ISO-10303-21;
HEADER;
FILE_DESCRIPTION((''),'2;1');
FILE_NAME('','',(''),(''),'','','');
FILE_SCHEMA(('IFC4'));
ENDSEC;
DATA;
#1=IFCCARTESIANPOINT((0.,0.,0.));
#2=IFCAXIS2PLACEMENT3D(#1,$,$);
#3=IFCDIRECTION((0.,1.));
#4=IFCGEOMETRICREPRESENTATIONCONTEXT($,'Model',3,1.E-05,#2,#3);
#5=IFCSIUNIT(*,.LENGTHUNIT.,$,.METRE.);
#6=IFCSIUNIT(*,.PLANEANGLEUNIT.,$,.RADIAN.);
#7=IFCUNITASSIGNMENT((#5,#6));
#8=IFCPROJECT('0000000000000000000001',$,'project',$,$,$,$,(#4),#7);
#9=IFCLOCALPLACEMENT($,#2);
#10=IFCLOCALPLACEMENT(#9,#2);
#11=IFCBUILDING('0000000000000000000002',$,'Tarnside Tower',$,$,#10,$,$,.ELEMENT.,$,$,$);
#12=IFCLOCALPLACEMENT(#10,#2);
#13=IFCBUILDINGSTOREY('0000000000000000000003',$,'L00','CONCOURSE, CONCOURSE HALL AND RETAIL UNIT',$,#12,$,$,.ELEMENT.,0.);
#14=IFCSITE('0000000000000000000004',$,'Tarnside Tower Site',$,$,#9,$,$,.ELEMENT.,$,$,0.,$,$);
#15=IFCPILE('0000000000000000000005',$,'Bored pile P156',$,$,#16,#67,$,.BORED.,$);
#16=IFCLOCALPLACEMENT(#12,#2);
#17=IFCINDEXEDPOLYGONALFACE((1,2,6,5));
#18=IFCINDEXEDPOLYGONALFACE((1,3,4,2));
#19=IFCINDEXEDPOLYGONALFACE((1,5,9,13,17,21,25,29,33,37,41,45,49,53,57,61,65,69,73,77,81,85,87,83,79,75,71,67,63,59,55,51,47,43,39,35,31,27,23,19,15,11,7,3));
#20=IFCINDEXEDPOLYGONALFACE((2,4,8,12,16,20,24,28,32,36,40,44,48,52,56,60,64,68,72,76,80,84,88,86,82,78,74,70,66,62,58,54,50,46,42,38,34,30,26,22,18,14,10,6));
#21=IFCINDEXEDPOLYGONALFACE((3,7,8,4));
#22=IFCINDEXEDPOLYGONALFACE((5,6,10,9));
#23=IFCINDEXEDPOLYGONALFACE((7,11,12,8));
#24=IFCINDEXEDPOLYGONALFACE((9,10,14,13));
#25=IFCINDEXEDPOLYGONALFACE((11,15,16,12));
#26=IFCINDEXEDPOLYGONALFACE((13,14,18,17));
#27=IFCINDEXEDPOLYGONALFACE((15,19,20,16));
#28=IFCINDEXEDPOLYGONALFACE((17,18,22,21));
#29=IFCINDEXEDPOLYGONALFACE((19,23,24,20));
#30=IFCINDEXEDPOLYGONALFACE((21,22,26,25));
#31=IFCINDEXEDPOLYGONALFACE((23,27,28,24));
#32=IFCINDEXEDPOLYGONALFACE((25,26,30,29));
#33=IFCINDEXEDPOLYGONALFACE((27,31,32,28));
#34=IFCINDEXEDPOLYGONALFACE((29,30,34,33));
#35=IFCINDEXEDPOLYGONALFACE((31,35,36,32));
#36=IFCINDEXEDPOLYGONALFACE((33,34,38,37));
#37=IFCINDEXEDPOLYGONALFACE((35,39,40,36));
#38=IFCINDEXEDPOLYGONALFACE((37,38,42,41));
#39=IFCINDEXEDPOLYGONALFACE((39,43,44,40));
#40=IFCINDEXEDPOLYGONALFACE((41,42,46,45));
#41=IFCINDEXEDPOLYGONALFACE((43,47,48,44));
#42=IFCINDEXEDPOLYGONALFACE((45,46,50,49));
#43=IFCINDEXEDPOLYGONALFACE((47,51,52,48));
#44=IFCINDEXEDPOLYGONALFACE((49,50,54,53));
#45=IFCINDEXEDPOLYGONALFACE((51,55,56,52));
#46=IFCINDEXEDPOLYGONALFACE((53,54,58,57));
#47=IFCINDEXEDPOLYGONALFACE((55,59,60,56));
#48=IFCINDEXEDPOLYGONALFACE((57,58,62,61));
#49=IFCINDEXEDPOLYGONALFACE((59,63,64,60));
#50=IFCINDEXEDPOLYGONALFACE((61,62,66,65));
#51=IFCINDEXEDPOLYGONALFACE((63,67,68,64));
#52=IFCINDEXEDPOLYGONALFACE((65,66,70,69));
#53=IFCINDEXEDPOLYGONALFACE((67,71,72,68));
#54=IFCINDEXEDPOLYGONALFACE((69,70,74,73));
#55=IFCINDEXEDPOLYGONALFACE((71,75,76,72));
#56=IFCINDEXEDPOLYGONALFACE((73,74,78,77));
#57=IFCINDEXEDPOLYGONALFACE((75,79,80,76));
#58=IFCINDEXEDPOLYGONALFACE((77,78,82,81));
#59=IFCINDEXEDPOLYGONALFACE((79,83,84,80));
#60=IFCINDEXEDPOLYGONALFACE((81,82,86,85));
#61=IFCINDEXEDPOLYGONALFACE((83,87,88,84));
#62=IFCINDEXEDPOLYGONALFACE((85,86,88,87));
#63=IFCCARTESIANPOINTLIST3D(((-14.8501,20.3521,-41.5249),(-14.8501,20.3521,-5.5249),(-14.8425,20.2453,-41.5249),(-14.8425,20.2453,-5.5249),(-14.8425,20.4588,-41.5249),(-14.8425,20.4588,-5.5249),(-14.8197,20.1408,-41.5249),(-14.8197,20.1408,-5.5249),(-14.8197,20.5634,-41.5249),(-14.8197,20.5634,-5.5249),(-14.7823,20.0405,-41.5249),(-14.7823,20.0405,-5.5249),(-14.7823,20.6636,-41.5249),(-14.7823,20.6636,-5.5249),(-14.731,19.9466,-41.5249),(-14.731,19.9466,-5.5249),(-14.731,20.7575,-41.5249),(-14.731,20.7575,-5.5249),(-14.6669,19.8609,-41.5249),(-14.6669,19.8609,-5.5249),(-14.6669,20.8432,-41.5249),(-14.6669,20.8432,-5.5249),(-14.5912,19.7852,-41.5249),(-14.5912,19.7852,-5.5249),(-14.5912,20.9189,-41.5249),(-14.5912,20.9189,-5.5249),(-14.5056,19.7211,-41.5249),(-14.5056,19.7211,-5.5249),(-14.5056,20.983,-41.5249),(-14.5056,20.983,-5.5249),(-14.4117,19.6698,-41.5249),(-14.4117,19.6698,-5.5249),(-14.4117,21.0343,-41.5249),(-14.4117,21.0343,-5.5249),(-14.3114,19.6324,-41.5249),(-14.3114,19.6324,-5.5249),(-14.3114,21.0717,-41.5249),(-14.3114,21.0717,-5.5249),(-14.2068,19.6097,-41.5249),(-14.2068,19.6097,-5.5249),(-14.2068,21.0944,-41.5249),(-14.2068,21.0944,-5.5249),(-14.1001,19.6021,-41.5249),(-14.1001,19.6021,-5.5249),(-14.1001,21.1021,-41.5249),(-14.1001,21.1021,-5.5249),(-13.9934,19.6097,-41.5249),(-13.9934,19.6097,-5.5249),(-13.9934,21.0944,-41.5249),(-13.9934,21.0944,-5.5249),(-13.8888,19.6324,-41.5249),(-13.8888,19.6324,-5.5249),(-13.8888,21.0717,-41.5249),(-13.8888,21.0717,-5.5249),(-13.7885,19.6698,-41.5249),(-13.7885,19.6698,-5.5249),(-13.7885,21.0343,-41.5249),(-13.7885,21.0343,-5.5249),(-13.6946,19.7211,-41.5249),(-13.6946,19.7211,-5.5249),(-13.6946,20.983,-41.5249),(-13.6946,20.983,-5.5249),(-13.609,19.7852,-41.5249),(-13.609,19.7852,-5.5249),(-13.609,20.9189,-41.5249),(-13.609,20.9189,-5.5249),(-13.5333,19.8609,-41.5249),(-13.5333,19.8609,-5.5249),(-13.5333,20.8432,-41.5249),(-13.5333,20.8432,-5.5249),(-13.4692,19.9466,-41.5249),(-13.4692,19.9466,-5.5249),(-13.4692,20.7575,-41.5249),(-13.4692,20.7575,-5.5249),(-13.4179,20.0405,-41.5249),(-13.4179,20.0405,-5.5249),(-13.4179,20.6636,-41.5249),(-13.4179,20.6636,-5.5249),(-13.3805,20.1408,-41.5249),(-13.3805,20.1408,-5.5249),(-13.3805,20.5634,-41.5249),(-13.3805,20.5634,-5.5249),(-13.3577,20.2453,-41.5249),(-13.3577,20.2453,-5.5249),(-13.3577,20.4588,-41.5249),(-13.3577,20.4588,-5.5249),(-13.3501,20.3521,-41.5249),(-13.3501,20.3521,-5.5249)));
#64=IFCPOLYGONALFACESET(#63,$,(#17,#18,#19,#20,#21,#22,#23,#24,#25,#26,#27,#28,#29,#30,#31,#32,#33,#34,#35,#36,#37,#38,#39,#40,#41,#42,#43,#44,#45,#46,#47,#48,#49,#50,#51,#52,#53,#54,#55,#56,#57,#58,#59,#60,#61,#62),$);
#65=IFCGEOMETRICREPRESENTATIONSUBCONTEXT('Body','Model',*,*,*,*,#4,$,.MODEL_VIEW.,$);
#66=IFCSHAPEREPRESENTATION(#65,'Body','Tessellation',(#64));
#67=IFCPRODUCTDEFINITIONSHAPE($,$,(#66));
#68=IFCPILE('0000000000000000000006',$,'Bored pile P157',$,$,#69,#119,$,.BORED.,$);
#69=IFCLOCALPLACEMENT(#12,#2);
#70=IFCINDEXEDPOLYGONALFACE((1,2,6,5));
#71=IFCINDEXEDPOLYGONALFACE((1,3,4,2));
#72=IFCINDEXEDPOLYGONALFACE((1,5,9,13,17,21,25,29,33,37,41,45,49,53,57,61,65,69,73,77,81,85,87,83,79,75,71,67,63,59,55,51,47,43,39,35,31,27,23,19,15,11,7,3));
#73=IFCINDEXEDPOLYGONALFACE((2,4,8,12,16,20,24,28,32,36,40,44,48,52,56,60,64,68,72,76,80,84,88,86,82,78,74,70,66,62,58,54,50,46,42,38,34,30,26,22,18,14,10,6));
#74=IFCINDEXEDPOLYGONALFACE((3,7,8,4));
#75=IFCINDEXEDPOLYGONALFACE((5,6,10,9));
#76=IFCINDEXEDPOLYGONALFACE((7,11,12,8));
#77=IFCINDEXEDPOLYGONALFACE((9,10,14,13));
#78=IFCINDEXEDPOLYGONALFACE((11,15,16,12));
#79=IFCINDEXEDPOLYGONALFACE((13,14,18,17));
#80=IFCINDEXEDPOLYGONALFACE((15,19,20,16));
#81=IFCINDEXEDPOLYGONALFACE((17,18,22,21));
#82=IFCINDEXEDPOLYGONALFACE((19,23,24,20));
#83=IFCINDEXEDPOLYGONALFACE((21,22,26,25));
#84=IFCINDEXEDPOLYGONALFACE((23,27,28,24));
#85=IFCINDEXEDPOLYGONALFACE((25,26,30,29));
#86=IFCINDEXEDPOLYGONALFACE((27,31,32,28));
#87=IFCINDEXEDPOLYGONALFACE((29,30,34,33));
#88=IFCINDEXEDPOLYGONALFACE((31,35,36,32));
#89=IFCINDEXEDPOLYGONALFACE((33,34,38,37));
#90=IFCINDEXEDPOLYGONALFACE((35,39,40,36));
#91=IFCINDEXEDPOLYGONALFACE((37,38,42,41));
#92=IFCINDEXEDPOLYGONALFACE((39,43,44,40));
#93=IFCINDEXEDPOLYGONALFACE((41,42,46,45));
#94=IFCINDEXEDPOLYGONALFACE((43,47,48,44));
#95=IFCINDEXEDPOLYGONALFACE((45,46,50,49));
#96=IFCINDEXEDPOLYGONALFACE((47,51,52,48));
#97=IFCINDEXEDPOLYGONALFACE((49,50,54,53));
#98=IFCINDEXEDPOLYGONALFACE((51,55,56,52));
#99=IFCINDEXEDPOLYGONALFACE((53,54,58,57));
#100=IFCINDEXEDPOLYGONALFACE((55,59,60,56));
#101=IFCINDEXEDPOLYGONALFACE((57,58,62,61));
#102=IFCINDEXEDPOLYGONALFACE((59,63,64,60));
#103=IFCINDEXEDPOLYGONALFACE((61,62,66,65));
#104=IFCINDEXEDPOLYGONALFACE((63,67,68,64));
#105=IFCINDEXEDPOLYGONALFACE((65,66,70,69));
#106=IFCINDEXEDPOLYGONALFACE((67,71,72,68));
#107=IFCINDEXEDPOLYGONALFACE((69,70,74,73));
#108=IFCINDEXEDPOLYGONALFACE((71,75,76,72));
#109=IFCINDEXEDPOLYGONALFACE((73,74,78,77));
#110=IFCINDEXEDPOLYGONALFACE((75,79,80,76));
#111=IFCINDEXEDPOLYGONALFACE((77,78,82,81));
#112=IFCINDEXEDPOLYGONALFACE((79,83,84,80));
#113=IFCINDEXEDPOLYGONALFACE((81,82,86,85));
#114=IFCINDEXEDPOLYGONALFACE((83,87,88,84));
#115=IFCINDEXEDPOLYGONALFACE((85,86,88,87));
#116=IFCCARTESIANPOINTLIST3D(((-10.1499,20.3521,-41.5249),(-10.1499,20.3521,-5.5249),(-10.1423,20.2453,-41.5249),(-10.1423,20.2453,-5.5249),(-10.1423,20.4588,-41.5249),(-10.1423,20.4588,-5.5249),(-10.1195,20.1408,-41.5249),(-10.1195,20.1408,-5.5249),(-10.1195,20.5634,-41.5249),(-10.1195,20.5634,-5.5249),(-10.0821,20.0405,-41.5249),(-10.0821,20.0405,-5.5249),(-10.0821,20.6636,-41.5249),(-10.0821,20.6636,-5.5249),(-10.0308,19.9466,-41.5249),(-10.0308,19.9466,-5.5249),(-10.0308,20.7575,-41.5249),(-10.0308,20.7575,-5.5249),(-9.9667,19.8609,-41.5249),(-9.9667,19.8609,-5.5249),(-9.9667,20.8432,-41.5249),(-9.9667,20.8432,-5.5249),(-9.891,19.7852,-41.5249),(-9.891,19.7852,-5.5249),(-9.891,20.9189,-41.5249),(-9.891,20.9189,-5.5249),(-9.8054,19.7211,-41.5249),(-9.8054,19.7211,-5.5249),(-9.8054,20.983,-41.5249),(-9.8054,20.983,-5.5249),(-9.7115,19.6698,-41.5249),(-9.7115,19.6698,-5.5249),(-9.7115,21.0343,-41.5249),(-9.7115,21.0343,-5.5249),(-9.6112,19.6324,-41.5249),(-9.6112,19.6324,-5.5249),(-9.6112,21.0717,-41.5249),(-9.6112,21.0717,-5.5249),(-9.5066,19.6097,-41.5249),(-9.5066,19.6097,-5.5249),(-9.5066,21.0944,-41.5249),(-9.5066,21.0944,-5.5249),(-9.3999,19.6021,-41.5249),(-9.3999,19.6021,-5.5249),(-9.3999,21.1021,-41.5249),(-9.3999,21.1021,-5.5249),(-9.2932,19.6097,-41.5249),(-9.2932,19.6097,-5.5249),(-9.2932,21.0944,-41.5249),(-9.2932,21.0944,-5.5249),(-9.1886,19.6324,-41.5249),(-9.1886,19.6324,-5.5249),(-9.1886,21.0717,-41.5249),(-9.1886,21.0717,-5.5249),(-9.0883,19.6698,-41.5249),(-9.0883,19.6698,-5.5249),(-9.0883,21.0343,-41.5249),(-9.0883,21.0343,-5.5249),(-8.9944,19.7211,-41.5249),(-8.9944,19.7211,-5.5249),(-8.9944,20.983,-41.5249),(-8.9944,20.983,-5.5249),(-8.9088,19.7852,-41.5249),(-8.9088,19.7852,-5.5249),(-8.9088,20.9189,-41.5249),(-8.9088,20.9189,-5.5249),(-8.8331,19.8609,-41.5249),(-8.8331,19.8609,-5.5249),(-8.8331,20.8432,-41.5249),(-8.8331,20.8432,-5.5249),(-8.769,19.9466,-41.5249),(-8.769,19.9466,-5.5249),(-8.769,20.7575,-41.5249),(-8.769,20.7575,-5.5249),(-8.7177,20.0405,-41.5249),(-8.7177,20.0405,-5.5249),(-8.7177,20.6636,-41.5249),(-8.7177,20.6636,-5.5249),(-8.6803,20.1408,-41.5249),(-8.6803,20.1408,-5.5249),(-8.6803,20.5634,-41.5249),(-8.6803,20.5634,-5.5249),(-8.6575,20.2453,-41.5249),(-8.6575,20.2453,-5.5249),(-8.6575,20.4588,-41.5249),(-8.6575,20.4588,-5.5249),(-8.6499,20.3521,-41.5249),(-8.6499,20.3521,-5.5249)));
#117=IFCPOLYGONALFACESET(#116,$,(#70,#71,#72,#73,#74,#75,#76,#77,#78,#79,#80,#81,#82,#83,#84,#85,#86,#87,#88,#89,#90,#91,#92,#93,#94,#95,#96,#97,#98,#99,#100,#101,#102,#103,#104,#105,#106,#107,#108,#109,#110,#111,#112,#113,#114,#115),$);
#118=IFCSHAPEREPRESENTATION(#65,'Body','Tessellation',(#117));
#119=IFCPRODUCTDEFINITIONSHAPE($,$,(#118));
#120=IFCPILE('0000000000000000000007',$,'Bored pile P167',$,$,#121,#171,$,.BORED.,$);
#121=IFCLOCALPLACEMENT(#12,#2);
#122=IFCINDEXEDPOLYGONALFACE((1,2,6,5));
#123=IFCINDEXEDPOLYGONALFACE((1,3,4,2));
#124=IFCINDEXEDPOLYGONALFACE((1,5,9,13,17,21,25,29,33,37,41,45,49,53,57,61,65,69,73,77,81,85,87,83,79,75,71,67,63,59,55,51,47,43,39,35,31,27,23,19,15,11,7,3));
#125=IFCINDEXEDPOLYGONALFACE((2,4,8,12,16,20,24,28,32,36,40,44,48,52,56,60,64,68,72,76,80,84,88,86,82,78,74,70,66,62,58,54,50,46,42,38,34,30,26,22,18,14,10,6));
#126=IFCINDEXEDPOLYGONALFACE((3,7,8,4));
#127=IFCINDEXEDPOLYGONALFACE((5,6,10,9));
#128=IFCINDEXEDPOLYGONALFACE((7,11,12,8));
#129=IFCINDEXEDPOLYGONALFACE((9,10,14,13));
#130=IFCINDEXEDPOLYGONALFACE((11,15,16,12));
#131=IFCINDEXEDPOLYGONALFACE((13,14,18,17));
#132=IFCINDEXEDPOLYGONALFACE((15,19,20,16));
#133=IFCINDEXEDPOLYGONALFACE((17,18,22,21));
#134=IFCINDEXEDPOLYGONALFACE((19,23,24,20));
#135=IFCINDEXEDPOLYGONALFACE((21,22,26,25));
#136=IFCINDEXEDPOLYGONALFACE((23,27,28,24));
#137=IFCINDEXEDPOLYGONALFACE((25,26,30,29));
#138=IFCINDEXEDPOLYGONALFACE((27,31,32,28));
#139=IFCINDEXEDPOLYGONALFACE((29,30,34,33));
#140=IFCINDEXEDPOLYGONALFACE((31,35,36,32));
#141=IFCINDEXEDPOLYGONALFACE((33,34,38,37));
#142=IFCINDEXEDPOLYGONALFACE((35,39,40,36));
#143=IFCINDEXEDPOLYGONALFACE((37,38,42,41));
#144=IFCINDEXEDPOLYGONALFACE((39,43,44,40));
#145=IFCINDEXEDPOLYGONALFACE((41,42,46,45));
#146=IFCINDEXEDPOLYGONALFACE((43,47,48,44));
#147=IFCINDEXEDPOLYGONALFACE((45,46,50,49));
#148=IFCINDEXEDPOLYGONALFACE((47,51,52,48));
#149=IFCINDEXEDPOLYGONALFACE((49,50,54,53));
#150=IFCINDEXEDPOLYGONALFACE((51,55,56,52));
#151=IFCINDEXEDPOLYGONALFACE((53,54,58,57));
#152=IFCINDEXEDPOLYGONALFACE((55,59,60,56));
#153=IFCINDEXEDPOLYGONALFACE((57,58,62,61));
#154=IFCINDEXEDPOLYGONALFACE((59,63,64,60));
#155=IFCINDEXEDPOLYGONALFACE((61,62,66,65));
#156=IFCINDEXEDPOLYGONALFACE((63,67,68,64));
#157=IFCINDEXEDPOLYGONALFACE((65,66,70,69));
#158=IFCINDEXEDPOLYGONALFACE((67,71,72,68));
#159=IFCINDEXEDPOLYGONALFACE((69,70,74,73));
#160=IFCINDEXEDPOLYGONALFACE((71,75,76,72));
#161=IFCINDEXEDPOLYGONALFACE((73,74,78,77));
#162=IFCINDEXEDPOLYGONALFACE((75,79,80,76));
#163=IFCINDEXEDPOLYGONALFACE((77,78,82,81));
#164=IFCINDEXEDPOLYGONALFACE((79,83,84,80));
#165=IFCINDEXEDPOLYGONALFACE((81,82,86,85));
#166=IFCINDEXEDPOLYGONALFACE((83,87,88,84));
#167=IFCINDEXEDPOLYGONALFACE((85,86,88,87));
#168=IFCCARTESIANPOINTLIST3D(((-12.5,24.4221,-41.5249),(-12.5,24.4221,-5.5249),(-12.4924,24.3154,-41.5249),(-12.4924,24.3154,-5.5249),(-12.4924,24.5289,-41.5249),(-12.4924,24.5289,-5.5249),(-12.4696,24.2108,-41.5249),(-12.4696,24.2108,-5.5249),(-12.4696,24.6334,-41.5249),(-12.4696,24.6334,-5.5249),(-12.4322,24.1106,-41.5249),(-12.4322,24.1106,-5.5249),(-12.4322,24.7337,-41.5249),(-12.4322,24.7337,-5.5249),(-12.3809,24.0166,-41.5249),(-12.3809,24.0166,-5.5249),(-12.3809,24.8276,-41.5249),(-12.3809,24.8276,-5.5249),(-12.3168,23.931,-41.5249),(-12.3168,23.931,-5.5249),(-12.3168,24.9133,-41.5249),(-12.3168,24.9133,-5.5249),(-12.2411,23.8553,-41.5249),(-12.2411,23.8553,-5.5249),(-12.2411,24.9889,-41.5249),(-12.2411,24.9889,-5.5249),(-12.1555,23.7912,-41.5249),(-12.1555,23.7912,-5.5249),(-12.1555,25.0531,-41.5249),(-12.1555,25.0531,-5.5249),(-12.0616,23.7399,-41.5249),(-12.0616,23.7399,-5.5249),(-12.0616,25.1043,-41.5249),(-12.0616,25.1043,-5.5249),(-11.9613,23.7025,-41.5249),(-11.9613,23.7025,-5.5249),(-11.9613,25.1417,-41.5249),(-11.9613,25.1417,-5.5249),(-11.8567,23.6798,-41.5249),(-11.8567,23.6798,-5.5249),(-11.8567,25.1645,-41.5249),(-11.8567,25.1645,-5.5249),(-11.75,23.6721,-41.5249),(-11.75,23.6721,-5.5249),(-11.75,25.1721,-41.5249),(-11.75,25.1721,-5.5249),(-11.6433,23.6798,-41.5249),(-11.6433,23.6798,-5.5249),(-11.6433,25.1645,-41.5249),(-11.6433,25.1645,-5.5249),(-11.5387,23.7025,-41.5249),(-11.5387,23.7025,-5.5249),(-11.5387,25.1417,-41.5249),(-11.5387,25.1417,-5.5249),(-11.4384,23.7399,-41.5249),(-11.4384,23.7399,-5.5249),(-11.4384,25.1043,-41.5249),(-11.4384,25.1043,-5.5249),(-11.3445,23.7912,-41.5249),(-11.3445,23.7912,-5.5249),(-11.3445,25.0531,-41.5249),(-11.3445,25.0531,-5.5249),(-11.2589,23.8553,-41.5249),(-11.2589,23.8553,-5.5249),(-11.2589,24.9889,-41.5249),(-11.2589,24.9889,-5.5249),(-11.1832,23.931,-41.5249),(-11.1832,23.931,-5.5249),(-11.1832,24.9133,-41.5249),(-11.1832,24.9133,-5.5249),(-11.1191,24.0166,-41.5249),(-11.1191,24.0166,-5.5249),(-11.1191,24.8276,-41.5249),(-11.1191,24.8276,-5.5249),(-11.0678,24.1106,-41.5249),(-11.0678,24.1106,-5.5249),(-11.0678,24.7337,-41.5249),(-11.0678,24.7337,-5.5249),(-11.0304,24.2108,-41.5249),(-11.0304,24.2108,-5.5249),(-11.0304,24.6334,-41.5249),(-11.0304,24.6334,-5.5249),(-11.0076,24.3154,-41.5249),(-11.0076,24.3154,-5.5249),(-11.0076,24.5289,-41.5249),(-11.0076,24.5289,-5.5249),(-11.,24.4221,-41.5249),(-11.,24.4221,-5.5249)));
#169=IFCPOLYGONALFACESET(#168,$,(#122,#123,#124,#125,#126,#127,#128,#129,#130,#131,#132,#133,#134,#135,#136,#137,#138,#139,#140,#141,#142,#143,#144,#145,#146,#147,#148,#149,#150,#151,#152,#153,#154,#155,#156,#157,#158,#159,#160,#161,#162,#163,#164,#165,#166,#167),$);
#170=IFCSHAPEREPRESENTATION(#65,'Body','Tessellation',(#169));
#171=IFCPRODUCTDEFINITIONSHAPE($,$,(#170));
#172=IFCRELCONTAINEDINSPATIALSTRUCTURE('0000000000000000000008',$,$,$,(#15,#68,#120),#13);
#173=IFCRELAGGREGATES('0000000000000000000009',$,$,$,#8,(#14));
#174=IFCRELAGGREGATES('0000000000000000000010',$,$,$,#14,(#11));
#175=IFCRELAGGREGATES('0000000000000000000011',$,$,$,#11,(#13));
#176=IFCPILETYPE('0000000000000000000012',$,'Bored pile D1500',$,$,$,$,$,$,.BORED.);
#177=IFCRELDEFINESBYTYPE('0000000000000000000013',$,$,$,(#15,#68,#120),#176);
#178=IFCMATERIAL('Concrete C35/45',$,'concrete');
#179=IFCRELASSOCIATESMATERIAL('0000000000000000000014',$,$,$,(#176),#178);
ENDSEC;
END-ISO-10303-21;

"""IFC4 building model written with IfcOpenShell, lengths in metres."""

from ifc_helpers import new_model, si_unit, direction, frame, origin, origin_2d, place, context, subcontext, project, spatial, circle, extrude, material, material_profile, profile_set, type_object, element, save


model = new_model("IFC4")

# Units and contexts
model_context = context("Model", 3, precision=1e-05, world=origin(), true_north=direction((0.0, 1.0)))
body_context = subcontext(model_context, "Body", "Model", "MODEL_VIEW")
ifc_project = project(units=[si_unit("LENGTHUNIT", "METRE"), si_unit("PLANEANGLEUNIT", "RADIAN")], contexts=[model_context])

# Site, building, storey
site_placement = place(None, origin())
site = spatial("IfcSite", under=ifc_project, at=site_placement, Name="Tarnside Tower Site", CompositionType="ELEMENT", RefElevation=0.0)
building_placement = place(site_placement, origin())
building = spatial("IfcBuilding", under=site, at=building_placement, Name="Tarnside Tower", CompositionType="ELEMENT")
storey_placement = place(building_placement, origin())
storey = spatial("IfcBuildingStorey", under=building, at=storey_placement, Name="L00", Description="CONCOURSE, CONCOURSE HALL AND RETAIL UNIT", CompositionType="ELEMENT", Elevation=0.0)

# Piles
ifc_material_1 = material(Name="Concrete C35/45", Category="concrete")
ifc_material_profile_1 = material_profile(ifc_material_1, circle(Radius=0.75, at=origin_2d()), Name="Bored pile D1500")
ifc_profile_set_1 = profile_set([ifc_material_profile_1], Name="Concrete C35/45")
pile_type = type_object("IfcPileType", Name="Bored pile D1500", PredefinedType="BORED", material=ifc_profile_set_1)
for number, where, z_axis, x_axis, name in (
    (1, (-14.1001, 20.3521, -5.5249), (0.0, 0.0, -1.0), (1.0, 0.0, 0.0), "Bored pile P156"),
    (2, (-9.3999, 20.3521, -5.5249), (0.0, 0.0, -1.0), (1.0, 0.0, 0.0), "Bored pile P157"),
    (3, (-11.75, 24.4221, -5.5249), (0.0, 0.0, -1.0), (1.0, 0.0, 0.0), "Bored pile P167"),
):
    element("IfcPile", number, at=place(storey_placement, frame(where, z_axis=z_axis, x_axis=x_axis)), inside=storey, type_object=pile_type, Name=name, PredefinedType="BORED", context=body_context, shape_type="SweptSolid", body=[
        extrude(circle(Radius=0.75, at=origin_2d()), origin(), (0.0, 0.0, 1.0), 36.0),
    ])

save(model, "model.ifc")
